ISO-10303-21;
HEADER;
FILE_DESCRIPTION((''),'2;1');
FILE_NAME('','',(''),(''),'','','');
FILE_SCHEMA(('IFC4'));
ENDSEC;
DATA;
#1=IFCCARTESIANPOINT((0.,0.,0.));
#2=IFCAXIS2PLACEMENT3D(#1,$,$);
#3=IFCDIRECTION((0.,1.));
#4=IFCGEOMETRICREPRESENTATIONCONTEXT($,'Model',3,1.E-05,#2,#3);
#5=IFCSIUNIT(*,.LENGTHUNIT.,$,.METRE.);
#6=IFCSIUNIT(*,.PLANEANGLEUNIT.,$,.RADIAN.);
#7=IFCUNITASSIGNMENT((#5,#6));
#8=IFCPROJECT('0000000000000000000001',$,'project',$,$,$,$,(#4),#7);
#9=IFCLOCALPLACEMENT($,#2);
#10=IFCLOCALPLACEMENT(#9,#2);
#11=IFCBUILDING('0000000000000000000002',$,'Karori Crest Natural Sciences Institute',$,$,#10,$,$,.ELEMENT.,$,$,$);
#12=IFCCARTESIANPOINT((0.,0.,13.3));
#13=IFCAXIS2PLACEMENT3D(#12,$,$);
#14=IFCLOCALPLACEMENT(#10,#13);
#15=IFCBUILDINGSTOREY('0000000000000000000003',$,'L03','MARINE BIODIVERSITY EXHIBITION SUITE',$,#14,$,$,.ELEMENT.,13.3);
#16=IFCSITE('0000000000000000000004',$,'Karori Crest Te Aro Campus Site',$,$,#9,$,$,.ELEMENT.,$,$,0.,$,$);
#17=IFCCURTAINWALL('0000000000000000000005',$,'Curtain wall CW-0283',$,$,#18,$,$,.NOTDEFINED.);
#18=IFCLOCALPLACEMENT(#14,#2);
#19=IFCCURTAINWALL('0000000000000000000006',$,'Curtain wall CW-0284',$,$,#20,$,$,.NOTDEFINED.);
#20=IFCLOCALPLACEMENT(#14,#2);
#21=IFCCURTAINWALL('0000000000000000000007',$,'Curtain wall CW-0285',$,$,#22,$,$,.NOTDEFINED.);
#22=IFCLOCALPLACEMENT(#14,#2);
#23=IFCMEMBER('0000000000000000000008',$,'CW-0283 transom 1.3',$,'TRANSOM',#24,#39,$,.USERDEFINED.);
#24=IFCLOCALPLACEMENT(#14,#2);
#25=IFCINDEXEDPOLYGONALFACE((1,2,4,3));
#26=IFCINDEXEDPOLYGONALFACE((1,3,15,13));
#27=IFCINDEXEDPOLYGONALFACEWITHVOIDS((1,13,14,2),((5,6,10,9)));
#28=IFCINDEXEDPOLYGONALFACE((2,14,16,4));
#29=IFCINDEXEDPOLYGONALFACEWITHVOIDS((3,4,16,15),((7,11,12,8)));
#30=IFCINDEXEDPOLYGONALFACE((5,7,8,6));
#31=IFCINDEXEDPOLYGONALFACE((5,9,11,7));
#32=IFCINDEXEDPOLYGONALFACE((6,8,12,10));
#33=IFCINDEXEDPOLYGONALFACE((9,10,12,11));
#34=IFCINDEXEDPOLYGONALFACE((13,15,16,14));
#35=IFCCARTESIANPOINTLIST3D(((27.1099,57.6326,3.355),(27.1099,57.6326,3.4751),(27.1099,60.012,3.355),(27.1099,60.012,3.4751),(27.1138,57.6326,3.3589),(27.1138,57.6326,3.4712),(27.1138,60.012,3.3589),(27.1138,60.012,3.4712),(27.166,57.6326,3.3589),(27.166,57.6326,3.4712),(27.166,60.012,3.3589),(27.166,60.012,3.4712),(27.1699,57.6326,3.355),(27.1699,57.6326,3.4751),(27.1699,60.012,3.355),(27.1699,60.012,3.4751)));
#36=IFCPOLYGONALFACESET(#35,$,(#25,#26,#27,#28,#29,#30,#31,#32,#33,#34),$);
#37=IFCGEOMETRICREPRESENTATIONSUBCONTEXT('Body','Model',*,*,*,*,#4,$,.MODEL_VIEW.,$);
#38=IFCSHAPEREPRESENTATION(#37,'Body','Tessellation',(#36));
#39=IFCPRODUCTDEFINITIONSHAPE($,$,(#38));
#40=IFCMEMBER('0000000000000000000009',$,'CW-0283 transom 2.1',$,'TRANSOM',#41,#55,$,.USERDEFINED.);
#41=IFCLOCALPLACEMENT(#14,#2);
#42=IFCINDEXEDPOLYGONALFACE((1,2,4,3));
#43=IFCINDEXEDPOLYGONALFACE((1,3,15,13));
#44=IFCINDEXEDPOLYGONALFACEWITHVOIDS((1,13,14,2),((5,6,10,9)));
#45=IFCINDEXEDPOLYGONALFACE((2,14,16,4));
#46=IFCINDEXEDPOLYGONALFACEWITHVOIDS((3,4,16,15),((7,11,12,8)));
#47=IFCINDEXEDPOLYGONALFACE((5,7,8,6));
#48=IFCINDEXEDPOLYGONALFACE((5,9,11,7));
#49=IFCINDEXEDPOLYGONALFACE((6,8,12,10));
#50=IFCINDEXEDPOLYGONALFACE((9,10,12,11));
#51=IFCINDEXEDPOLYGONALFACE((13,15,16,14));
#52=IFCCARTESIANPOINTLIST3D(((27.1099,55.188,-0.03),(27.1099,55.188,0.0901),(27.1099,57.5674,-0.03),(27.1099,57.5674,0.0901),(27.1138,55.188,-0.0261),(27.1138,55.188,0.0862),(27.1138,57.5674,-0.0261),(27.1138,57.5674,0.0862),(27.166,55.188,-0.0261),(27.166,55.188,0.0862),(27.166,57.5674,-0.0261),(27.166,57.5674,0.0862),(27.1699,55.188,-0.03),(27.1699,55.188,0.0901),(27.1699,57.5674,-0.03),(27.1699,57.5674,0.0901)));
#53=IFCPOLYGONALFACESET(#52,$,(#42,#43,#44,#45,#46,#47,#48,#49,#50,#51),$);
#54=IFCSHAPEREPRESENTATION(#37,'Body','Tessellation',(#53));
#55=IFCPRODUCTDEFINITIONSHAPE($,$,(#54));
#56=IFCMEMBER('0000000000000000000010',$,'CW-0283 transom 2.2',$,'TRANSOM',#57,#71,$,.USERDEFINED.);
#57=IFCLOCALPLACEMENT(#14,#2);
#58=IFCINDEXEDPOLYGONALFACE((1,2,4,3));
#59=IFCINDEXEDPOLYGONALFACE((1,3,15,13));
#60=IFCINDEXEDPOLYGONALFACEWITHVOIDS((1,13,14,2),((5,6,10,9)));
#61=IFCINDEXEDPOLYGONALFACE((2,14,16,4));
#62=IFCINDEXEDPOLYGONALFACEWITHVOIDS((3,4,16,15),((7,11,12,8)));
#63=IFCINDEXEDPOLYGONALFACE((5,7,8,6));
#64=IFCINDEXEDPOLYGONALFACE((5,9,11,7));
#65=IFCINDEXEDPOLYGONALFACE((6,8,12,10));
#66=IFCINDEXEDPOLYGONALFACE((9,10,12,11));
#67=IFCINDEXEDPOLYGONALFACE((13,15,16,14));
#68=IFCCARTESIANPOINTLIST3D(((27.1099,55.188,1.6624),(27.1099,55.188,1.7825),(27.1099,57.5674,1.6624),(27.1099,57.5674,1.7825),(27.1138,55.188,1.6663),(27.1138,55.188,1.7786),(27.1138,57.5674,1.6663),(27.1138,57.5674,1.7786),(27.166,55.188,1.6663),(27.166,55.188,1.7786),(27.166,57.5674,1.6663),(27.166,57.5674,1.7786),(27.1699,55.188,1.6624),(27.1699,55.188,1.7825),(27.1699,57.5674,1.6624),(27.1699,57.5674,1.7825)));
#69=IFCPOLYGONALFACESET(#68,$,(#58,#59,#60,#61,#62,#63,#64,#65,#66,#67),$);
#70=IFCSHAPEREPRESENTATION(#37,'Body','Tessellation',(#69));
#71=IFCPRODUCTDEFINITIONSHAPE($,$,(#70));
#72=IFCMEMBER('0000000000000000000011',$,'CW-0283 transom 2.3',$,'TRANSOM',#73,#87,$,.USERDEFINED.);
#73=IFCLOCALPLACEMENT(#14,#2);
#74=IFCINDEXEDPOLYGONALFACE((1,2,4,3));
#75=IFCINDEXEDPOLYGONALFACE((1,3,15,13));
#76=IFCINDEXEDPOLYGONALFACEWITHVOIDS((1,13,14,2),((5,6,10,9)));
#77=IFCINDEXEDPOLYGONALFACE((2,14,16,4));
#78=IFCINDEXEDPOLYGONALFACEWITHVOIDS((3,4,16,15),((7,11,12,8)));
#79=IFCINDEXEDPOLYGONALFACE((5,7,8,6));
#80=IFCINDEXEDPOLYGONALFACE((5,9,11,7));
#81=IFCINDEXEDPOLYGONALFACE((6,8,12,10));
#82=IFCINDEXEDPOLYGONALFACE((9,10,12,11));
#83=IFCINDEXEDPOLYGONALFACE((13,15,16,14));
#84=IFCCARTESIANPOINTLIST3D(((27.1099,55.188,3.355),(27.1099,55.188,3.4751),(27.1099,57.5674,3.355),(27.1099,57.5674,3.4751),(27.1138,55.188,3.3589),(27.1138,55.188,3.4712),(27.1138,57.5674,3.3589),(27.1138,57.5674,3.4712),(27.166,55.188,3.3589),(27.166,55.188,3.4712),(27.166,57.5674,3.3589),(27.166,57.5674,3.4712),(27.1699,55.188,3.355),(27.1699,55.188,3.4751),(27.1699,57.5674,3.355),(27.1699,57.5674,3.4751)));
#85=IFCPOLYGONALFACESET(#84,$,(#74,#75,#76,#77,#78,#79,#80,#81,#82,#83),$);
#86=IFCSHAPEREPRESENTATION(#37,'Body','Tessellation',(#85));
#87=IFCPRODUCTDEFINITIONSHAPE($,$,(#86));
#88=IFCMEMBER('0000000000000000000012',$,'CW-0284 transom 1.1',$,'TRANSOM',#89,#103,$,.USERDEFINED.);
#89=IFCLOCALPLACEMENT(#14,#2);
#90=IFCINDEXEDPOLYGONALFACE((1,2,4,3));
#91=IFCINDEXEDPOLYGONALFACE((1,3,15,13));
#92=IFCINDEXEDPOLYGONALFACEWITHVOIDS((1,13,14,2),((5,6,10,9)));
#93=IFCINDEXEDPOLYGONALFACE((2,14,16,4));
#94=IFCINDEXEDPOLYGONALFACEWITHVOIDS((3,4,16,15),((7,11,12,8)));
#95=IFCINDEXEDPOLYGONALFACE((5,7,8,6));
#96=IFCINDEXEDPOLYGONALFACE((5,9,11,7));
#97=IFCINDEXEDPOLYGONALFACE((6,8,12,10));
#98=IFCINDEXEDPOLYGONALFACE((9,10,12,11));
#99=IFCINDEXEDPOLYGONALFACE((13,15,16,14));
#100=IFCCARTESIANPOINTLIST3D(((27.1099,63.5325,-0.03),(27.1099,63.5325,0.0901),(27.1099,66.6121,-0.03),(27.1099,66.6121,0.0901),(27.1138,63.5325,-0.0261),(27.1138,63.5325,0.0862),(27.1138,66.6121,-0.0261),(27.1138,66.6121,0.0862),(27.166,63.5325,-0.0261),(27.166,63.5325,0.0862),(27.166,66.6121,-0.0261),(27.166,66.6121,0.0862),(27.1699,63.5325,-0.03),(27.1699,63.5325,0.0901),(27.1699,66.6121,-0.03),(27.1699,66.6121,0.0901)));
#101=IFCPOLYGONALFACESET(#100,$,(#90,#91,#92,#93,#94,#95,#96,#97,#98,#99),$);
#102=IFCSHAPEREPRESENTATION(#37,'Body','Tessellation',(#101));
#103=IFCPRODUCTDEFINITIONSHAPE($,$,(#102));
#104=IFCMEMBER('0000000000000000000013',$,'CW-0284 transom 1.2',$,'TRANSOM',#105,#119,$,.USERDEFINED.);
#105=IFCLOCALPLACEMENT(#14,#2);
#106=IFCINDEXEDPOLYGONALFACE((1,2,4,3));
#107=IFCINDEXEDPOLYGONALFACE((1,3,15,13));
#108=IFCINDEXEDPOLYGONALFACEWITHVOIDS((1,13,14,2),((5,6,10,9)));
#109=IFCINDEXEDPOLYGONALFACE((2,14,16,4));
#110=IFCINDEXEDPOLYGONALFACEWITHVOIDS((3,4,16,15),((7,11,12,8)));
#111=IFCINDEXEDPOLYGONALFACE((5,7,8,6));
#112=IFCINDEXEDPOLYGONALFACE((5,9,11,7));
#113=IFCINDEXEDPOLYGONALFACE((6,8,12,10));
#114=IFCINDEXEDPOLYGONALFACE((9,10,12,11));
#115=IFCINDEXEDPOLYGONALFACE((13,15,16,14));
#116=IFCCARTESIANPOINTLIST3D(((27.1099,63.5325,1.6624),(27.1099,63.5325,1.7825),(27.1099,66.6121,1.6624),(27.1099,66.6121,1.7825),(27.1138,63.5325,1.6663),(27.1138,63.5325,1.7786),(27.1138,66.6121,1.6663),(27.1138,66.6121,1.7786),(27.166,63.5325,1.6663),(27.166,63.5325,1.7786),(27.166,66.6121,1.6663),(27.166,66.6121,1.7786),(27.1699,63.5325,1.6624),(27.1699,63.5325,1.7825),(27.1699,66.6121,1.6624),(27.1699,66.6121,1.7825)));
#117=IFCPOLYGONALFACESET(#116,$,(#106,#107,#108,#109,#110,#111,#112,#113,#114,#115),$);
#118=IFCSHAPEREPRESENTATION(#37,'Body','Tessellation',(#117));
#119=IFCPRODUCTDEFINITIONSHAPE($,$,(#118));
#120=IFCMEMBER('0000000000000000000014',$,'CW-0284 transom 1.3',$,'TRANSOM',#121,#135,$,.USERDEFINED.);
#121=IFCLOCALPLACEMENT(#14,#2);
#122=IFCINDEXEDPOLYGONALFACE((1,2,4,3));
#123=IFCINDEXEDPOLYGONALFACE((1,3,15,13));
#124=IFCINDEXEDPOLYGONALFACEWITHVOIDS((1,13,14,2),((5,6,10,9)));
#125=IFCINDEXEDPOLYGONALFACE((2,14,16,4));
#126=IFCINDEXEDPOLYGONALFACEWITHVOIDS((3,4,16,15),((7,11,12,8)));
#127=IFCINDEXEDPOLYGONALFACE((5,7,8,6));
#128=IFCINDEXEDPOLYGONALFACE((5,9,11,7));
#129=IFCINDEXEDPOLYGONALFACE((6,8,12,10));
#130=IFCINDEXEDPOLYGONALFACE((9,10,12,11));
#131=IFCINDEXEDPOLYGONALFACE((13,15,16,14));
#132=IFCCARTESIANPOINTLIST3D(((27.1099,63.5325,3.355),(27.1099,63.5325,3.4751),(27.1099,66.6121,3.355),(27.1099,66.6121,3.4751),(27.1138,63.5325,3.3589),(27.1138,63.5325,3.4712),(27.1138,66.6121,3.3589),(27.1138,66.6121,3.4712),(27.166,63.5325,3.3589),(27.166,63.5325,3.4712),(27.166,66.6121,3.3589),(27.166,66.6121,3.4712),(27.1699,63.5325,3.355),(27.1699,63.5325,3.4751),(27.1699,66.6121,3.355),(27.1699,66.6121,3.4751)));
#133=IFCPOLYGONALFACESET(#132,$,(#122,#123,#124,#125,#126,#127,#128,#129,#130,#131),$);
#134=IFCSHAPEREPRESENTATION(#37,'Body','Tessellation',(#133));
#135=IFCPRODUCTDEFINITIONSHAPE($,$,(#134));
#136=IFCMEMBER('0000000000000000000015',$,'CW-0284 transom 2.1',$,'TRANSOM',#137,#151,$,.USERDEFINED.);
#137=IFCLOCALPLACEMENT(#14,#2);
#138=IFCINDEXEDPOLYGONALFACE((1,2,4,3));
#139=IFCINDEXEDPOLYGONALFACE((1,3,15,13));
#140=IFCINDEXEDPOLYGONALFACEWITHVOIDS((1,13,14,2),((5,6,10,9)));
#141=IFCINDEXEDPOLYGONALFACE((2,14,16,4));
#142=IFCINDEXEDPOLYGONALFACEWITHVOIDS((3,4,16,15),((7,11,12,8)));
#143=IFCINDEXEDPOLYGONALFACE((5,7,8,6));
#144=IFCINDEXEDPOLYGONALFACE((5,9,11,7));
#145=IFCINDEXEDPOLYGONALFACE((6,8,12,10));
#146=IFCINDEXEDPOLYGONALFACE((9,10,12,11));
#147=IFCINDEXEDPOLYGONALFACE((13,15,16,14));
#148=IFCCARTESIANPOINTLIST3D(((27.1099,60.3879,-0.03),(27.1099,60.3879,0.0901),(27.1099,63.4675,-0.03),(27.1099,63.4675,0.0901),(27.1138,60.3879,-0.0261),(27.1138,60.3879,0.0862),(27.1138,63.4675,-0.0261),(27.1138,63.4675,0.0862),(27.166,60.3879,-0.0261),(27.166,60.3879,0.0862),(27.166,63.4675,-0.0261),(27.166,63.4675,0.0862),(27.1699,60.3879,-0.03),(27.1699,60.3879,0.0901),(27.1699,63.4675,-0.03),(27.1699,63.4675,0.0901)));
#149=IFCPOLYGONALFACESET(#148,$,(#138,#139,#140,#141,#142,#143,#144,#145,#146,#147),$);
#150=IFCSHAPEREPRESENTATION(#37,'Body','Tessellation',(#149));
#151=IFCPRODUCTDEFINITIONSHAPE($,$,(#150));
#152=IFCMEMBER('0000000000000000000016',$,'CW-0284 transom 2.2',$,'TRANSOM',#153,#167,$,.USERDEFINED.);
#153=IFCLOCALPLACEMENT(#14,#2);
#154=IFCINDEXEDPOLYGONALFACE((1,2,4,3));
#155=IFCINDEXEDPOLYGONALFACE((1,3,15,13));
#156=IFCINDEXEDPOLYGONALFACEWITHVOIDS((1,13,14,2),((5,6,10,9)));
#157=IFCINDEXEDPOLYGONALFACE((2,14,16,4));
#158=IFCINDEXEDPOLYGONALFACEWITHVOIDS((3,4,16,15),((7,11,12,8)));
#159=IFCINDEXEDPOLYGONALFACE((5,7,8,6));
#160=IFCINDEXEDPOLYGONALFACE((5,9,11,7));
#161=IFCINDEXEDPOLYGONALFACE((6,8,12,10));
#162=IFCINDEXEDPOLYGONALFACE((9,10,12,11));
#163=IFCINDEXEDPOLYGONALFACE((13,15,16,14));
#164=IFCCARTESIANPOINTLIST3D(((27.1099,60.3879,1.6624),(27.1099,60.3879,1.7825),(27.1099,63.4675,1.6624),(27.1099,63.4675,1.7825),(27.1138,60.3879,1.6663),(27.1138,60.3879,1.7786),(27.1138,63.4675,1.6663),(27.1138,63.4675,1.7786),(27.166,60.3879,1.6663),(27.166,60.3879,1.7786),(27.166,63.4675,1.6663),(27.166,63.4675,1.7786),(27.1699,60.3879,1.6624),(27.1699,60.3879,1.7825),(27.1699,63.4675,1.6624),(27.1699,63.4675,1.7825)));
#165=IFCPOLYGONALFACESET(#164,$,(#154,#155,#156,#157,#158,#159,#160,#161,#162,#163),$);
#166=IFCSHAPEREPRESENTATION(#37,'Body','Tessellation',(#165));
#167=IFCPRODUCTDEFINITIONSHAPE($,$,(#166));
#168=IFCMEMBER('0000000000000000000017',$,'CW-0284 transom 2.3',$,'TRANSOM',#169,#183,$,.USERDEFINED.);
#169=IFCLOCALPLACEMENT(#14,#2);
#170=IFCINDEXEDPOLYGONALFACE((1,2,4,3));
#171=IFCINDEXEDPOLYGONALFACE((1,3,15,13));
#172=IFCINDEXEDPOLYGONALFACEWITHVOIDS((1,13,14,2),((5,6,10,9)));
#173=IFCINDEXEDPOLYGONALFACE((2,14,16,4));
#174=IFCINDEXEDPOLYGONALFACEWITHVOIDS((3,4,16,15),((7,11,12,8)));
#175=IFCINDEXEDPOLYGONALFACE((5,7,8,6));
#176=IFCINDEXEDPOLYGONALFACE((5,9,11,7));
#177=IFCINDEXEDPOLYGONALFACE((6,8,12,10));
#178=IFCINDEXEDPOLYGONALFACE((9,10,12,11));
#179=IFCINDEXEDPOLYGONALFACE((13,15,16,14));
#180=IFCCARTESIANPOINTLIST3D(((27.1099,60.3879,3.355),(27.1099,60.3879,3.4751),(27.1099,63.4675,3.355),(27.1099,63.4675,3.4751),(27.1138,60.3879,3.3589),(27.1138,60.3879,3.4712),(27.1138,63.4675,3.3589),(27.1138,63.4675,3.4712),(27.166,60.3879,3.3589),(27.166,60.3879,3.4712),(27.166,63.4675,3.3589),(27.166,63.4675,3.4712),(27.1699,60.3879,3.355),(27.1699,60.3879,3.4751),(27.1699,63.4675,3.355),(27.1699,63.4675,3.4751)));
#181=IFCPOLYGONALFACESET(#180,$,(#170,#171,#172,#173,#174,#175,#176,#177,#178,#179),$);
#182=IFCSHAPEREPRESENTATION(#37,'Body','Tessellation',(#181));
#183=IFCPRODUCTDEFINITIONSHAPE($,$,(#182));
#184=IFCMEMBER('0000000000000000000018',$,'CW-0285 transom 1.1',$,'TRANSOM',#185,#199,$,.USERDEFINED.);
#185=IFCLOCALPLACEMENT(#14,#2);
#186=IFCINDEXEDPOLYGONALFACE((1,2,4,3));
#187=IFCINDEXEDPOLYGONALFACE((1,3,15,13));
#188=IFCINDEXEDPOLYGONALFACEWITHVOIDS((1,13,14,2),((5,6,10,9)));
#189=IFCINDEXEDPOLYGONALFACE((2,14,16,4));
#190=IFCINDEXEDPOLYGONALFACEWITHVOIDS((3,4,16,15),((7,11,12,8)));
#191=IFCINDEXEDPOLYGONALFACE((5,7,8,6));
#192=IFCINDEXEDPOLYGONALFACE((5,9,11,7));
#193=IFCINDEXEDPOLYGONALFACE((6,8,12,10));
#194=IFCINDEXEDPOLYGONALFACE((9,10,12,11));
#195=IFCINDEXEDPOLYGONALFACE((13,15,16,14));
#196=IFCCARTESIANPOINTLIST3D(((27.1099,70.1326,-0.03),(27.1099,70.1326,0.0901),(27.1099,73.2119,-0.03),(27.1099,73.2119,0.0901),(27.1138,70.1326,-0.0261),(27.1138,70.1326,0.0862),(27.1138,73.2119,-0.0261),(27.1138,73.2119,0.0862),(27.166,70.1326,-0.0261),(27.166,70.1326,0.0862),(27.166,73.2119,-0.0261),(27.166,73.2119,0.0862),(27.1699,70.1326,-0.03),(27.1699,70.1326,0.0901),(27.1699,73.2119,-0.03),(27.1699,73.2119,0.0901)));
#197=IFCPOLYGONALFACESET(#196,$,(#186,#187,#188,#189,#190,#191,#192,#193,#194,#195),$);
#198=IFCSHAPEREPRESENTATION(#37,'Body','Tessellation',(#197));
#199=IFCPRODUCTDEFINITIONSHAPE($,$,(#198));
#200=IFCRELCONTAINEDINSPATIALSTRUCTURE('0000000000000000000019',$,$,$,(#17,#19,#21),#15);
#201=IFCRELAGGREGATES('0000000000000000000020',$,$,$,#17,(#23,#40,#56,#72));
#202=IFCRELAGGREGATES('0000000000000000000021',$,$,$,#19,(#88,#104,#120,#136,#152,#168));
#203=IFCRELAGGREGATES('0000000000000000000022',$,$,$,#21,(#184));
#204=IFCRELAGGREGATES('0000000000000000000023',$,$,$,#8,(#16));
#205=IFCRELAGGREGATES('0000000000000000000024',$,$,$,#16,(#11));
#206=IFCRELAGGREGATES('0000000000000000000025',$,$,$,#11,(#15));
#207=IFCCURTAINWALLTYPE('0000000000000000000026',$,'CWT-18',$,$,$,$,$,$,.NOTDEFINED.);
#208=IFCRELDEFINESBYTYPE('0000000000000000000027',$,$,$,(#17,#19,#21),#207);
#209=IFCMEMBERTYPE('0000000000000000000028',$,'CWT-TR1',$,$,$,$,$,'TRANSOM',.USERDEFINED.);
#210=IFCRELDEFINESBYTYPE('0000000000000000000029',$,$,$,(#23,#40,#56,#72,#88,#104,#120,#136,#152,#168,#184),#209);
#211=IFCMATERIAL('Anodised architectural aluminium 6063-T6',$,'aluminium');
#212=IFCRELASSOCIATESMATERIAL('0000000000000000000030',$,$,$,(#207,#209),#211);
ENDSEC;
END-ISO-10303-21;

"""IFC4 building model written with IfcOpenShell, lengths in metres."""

from ifc_helpers import new_model, si_unit, direction, frame, origin, origin_2d, place, context, subcontext, project, spatial, hollow_rectangle, extrude, material, material_profile, profile_set, type_object, element, aggregate, save


model = new_model("IFC4")

# Units and contexts
model_context = context("Model", 3, precision=1e-05, world=origin(), true_north=direction((0.0, 1.0)))
body_context = subcontext(model_context, "Body", "Model", "MODEL_VIEW")
ifc_project = project(units=[si_unit("LENGTHUNIT", "METRE"), si_unit("PLANEANGLEUNIT", "RADIAN")], contexts=[model_context])

# Site, building, storey
site_placement = place(None, origin())
site = spatial("IfcSite", under=ifc_project, at=site_placement, Name="Karori Crest Te Aro Campus Site", CompositionType="ELEMENT", RefElevation=0.0)
building_placement = place(site_placement, origin())
building = spatial("IfcBuilding", under=site, at=building_placement, Name="Karori Crest Natural Sciences Institute", CompositionType="ELEMENT")
storey_placement = place(building_placement, frame((0.0, 0.0, 13.3)))
storey = spatial("IfcBuildingStorey", under=building, at=storey_placement, Name="L03", Description="MARINE BIODIVERSITY EXHIBITION SUITE", CompositionType="ELEMENT", Elevation=13.3)

# Curtain walls
ifc_material_1 = material(Name="Anodised architectural aluminium 6063-T6", Category="aluminium")
curtain_wall_type = type_object("IfcCurtainWallType", Name="CWT-18", PredefinedType="NOTDEFINED", material=ifc_material_1)
curtain_wall_1_placement = place(storey_placement, origin())
curtain_wall_1 = element("IfcCurtainWall", 1, at=curtain_wall_1_placement, inside=storey, type_object=curtain_wall_type, Name="Curtain wall CW-0283", PredefinedType="NOTDEFINED")
curtain_wall_2_placement = place(storey_placement, origin())
curtain_wall_2 = element("IfcCurtainWall", 2, at=curtain_wall_2_placement, inside=storey, type_object=curtain_wall_type, Name="Curtain wall CW-0284", PredefinedType="NOTDEFINED")
curtain_wall_3_placement = place(storey_placement, origin())
curtain_wall_3 = element("IfcCurtainWall", 3, at=curtain_wall_3_placement, inside=storey, type_object=curtain_wall_type, Name="Curtain wall CW-0285", PredefinedType="NOTDEFINED")

# Members
ifc_material_profile_1 = material_profile(ifc_material_1, hollow_rectangle(XDim=0.0601, YDim=0.1201, WallThickness=0.0039, at=origin_2d()), Name="CWT120x60x4")
ifc_profile_set_1 = profile_set([ifc_material_profile_1], Name="Anodised architectural aluminium 6063-T6")
member_type_1 = type_object("IfcMemberType", Name="CWT-TR1", ElementType="TRANSOM", PredefinedType="USERDEFINED", material=ifc_profile_set_1)
member_1_placement = place(storey_placement, frame((27.1399, 60.012, 3.415), z_axis=(0.0, -1.0, 0.0), x_axis=(1.0, 0.0, 0.0)))
member_1 = element("IfcMember", 4, at=member_1_placement, type_object=member_type_1, Name="CW-0283 transom 1.3", ObjectType="TRANSOM", PredefinedType="USERDEFINED", context=body_context, shape_type="SweptSolid", body=[
    extrude(hollow_rectangle(XDim=0.0601, YDim=0.1201, WallThickness=0.0039, at=origin_2d()), origin(), (0.0, 0.0, 1.0), 2.3794),
])
member_2_placement = place(storey_placement, frame((27.1399, 57.5674, 0.03), z_axis=(0.0, -1.0, 0.0), x_axis=(1.0, 0.0, 0.0)))
member_2 = element("IfcMember", 5, at=member_2_placement, type_object=member_type_1, Name="CW-0283 transom 2.1", ObjectType="TRANSOM", PredefinedType="USERDEFINED", context=body_context, shape_type="SweptSolid", body=[
    extrude(hollow_rectangle(XDim=0.0601, YDim=0.1201, WallThickness=0.0039, at=origin_2d()), origin(), (0.0, 0.0, 1.0), 2.3794),
])
member_3_placement = place(storey_placement, frame((27.1399, 57.5674, 1.7224), z_axis=(0.0, -1.0, 0.0), x_axis=(1.0, 0.0, 0.0)))
member_3 = element("IfcMember", 6, at=member_3_placement, type_object=member_type_1, Name="CW-0283 transom 2.2", ObjectType="TRANSOM", PredefinedType="USERDEFINED", context=body_context, shape_type="SweptSolid", body=[
    extrude(hollow_rectangle(XDim=0.0601, YDim=0.1201, WallThickness=0.0039, at=origin_2d()), origin(), (0.0, 0.0, 1.0), 2.3794),
])
member_4_placement = place(storey_placement, frame((27.1399, 57.5674, 3.415), z_axis=(0.0, -1.0, 0.0), x_axis=(1.0, 0.0, 0.0)))
member_4 = element("IfcMember", 7, at=member_4_placement, type_object=member_type_1, Name="CW-0283 transom 2.3", ObjectType="TRANSOM", PredefinedType="USERDEFINED", context=body_context, shape_type="SweptSolid", body=[
    extrude(hollow_rectangle(XDim=0.0601, YDim=0.1201, WallThickness=0.0039, at=origin_2d()), origin(), (0.0, 0.0, 1.0), 2.3794),
])
member_5_placement = place(storey_placement, frame((27.1399, 66.6121, 0.03), z_axis=(0.0, -1.0, 0.0), x_axis=(1.0, 0.0, 0.0)))
member_5 = element("IfcMember", 8, at=member_5_placement, type_object=member_type_1, Name="CW-0284 transom 1.1", ObjectType="TRANSOM", PredefinedType="USERDEFINED", context=body_context, shape_type="SweptSolid", body=[
    extrude(hollow_rectangle(XDim=0.0601, YDim=0.1201, WallThickness=0.0039, at=origin_2d()), origin(), (0.0, 0.0, 1.0), 3.0796),
])
member_6_placement = place(storey_placement, frame((27.1399, 66.6121, 1.7224), z_axis=(0.0, -1.0, 0.0), x_axis=(1.0, 0.0, 0.0)))
member_6 = element("IfcMember", 9, at=member_6_placement, type_object=member_type_1, Name="CW-0284 transom 1.2", ObjectType="TRANSOM", PredefinedType="USERDEFINED", context=body_context, shape_type="SweptSolid", body=[
    extrude(hollow_rectangle(XDim=0.0601, YDim=0.1201, WallThickness=0.0039, at=origin_2d()), origin(), (0.0, 0.0, 1.0), 3.0796),
])
member_7_placement = place(storey_placement, frame((27.1399, 66.6121, 3.415), z_axis=(0.0, -1.0, 0.0), x_axis=(1.0, 0.0, 0.0)))
member_7 = element("IfcMember", 10, at=member_7_placement, type_object=member_type_1, Name="CW-0284 transom 1.3", ObjectType="TRANSOM", PredefinedType="USERDEFINED", context=body_context, shape_type="SweptSolid", body=[
    extrude(hollow_rectangle(XDim=0.0601, YDim=0.1201, WallThickness=0.0039, at=origin_2d()), origin(), (0.0, 0.0, 1.0), 3.0796),
])
member_8_placement = place(storey_placement, frame((27.1399, 63.4675, 0.03), z_axis=(0.0, -1.0, 0.0), x_axis=(1.0, 0.0, 0.0)))
member_8 = element("IfcMember", 11, at=member_8_placement, type_object=member_type_1, Name="CW-0284 transom 2.1", ObjectType="TRANSOM", PredefinedType="USERDEFINED", context=body_context, shape_type="SweptSolid", body=[
    extrude(hollow_rectangle(XDim=0.0601, YDim=0.1201, WallThickness=0.0039, at=origin_2d()), origin(), (0.0, 0.0, 1.0), 3.0796),
])
member_9_placement = place(storey_placement, frame((27.1399, 63.4675, 1.7224), z_axis=(0.0, -1.0, 0.0), x_axis=(1.0, 0.0, 0.0)))
member_9 = element("IfcMember", 12, at=member_9_placement, type_object=member_type_1, Name="CW-0284 transom 2.2", ObjectType="TRANSOM", PredefinedType="USERDEFINED", context=body_context, shape_type="SweptSolid", body=[
    extrude(hollow_rectangle(XDim=0.0601, YDim=0.1201, WallThickness=0.0039, at=origin_2d()), origin(), (0.0, 0.0, 1.0), 3.0796),
])
member_10_placement = place(storey_placement, frame((27.1399, 63.4675, 3.415), z_axis=(0.0, -1.0, 0.0), x_axis=(1.0, 0.0, 0.0)))
member_10 = element("IfcMember", 13, at=member_10_placement, type_object=member_type_1, Name="CW-0284 transom 2.3", ObjectType="TRANSOM", PredefinedType="USERDEFINED", context=body_context, shape_type="SweptSolid", body=[
    extrude(hollow_rectangle(XDim=0.0601, YDim=0.1201, WallThickness=0.0039, at=origin_2d()), origin(), (0.0, 0.0, 1.0), 3.0796),
])
member_11_placement = place(storey_placement, frame((27.1399, 73.2119, 0.03), z_axis=(0.0, -1.0, 0.0), x_axis=(1.0, 0.0, 0.0)))
member_11 = element("IfcMember", 14, at=member_11_placement, type_object=member_type_1, Name="CW-0285 transom 1.1", ObjectType="TRANSOM", PredefinedType="USERDEFINED", context=body_context, shape_type="SweptSolid", body=[
    extrude(hollow_rectangle(XDim=0.0601, YDim=0.1201, WallThickness=0.0039, at=origin_2d()), origin(), (0.0, 0.0, 1.0), 3.0793),
])

aggregate(curtain_wall_1, [member_1, member_2, member_3, member_4])
aggregate(curtain_wall_2, [member_5, member_6, member_7, member_8, member_9, member_10])
aggregate(curtain_wall_3, [member_11])

save(model, "model.ifc")
